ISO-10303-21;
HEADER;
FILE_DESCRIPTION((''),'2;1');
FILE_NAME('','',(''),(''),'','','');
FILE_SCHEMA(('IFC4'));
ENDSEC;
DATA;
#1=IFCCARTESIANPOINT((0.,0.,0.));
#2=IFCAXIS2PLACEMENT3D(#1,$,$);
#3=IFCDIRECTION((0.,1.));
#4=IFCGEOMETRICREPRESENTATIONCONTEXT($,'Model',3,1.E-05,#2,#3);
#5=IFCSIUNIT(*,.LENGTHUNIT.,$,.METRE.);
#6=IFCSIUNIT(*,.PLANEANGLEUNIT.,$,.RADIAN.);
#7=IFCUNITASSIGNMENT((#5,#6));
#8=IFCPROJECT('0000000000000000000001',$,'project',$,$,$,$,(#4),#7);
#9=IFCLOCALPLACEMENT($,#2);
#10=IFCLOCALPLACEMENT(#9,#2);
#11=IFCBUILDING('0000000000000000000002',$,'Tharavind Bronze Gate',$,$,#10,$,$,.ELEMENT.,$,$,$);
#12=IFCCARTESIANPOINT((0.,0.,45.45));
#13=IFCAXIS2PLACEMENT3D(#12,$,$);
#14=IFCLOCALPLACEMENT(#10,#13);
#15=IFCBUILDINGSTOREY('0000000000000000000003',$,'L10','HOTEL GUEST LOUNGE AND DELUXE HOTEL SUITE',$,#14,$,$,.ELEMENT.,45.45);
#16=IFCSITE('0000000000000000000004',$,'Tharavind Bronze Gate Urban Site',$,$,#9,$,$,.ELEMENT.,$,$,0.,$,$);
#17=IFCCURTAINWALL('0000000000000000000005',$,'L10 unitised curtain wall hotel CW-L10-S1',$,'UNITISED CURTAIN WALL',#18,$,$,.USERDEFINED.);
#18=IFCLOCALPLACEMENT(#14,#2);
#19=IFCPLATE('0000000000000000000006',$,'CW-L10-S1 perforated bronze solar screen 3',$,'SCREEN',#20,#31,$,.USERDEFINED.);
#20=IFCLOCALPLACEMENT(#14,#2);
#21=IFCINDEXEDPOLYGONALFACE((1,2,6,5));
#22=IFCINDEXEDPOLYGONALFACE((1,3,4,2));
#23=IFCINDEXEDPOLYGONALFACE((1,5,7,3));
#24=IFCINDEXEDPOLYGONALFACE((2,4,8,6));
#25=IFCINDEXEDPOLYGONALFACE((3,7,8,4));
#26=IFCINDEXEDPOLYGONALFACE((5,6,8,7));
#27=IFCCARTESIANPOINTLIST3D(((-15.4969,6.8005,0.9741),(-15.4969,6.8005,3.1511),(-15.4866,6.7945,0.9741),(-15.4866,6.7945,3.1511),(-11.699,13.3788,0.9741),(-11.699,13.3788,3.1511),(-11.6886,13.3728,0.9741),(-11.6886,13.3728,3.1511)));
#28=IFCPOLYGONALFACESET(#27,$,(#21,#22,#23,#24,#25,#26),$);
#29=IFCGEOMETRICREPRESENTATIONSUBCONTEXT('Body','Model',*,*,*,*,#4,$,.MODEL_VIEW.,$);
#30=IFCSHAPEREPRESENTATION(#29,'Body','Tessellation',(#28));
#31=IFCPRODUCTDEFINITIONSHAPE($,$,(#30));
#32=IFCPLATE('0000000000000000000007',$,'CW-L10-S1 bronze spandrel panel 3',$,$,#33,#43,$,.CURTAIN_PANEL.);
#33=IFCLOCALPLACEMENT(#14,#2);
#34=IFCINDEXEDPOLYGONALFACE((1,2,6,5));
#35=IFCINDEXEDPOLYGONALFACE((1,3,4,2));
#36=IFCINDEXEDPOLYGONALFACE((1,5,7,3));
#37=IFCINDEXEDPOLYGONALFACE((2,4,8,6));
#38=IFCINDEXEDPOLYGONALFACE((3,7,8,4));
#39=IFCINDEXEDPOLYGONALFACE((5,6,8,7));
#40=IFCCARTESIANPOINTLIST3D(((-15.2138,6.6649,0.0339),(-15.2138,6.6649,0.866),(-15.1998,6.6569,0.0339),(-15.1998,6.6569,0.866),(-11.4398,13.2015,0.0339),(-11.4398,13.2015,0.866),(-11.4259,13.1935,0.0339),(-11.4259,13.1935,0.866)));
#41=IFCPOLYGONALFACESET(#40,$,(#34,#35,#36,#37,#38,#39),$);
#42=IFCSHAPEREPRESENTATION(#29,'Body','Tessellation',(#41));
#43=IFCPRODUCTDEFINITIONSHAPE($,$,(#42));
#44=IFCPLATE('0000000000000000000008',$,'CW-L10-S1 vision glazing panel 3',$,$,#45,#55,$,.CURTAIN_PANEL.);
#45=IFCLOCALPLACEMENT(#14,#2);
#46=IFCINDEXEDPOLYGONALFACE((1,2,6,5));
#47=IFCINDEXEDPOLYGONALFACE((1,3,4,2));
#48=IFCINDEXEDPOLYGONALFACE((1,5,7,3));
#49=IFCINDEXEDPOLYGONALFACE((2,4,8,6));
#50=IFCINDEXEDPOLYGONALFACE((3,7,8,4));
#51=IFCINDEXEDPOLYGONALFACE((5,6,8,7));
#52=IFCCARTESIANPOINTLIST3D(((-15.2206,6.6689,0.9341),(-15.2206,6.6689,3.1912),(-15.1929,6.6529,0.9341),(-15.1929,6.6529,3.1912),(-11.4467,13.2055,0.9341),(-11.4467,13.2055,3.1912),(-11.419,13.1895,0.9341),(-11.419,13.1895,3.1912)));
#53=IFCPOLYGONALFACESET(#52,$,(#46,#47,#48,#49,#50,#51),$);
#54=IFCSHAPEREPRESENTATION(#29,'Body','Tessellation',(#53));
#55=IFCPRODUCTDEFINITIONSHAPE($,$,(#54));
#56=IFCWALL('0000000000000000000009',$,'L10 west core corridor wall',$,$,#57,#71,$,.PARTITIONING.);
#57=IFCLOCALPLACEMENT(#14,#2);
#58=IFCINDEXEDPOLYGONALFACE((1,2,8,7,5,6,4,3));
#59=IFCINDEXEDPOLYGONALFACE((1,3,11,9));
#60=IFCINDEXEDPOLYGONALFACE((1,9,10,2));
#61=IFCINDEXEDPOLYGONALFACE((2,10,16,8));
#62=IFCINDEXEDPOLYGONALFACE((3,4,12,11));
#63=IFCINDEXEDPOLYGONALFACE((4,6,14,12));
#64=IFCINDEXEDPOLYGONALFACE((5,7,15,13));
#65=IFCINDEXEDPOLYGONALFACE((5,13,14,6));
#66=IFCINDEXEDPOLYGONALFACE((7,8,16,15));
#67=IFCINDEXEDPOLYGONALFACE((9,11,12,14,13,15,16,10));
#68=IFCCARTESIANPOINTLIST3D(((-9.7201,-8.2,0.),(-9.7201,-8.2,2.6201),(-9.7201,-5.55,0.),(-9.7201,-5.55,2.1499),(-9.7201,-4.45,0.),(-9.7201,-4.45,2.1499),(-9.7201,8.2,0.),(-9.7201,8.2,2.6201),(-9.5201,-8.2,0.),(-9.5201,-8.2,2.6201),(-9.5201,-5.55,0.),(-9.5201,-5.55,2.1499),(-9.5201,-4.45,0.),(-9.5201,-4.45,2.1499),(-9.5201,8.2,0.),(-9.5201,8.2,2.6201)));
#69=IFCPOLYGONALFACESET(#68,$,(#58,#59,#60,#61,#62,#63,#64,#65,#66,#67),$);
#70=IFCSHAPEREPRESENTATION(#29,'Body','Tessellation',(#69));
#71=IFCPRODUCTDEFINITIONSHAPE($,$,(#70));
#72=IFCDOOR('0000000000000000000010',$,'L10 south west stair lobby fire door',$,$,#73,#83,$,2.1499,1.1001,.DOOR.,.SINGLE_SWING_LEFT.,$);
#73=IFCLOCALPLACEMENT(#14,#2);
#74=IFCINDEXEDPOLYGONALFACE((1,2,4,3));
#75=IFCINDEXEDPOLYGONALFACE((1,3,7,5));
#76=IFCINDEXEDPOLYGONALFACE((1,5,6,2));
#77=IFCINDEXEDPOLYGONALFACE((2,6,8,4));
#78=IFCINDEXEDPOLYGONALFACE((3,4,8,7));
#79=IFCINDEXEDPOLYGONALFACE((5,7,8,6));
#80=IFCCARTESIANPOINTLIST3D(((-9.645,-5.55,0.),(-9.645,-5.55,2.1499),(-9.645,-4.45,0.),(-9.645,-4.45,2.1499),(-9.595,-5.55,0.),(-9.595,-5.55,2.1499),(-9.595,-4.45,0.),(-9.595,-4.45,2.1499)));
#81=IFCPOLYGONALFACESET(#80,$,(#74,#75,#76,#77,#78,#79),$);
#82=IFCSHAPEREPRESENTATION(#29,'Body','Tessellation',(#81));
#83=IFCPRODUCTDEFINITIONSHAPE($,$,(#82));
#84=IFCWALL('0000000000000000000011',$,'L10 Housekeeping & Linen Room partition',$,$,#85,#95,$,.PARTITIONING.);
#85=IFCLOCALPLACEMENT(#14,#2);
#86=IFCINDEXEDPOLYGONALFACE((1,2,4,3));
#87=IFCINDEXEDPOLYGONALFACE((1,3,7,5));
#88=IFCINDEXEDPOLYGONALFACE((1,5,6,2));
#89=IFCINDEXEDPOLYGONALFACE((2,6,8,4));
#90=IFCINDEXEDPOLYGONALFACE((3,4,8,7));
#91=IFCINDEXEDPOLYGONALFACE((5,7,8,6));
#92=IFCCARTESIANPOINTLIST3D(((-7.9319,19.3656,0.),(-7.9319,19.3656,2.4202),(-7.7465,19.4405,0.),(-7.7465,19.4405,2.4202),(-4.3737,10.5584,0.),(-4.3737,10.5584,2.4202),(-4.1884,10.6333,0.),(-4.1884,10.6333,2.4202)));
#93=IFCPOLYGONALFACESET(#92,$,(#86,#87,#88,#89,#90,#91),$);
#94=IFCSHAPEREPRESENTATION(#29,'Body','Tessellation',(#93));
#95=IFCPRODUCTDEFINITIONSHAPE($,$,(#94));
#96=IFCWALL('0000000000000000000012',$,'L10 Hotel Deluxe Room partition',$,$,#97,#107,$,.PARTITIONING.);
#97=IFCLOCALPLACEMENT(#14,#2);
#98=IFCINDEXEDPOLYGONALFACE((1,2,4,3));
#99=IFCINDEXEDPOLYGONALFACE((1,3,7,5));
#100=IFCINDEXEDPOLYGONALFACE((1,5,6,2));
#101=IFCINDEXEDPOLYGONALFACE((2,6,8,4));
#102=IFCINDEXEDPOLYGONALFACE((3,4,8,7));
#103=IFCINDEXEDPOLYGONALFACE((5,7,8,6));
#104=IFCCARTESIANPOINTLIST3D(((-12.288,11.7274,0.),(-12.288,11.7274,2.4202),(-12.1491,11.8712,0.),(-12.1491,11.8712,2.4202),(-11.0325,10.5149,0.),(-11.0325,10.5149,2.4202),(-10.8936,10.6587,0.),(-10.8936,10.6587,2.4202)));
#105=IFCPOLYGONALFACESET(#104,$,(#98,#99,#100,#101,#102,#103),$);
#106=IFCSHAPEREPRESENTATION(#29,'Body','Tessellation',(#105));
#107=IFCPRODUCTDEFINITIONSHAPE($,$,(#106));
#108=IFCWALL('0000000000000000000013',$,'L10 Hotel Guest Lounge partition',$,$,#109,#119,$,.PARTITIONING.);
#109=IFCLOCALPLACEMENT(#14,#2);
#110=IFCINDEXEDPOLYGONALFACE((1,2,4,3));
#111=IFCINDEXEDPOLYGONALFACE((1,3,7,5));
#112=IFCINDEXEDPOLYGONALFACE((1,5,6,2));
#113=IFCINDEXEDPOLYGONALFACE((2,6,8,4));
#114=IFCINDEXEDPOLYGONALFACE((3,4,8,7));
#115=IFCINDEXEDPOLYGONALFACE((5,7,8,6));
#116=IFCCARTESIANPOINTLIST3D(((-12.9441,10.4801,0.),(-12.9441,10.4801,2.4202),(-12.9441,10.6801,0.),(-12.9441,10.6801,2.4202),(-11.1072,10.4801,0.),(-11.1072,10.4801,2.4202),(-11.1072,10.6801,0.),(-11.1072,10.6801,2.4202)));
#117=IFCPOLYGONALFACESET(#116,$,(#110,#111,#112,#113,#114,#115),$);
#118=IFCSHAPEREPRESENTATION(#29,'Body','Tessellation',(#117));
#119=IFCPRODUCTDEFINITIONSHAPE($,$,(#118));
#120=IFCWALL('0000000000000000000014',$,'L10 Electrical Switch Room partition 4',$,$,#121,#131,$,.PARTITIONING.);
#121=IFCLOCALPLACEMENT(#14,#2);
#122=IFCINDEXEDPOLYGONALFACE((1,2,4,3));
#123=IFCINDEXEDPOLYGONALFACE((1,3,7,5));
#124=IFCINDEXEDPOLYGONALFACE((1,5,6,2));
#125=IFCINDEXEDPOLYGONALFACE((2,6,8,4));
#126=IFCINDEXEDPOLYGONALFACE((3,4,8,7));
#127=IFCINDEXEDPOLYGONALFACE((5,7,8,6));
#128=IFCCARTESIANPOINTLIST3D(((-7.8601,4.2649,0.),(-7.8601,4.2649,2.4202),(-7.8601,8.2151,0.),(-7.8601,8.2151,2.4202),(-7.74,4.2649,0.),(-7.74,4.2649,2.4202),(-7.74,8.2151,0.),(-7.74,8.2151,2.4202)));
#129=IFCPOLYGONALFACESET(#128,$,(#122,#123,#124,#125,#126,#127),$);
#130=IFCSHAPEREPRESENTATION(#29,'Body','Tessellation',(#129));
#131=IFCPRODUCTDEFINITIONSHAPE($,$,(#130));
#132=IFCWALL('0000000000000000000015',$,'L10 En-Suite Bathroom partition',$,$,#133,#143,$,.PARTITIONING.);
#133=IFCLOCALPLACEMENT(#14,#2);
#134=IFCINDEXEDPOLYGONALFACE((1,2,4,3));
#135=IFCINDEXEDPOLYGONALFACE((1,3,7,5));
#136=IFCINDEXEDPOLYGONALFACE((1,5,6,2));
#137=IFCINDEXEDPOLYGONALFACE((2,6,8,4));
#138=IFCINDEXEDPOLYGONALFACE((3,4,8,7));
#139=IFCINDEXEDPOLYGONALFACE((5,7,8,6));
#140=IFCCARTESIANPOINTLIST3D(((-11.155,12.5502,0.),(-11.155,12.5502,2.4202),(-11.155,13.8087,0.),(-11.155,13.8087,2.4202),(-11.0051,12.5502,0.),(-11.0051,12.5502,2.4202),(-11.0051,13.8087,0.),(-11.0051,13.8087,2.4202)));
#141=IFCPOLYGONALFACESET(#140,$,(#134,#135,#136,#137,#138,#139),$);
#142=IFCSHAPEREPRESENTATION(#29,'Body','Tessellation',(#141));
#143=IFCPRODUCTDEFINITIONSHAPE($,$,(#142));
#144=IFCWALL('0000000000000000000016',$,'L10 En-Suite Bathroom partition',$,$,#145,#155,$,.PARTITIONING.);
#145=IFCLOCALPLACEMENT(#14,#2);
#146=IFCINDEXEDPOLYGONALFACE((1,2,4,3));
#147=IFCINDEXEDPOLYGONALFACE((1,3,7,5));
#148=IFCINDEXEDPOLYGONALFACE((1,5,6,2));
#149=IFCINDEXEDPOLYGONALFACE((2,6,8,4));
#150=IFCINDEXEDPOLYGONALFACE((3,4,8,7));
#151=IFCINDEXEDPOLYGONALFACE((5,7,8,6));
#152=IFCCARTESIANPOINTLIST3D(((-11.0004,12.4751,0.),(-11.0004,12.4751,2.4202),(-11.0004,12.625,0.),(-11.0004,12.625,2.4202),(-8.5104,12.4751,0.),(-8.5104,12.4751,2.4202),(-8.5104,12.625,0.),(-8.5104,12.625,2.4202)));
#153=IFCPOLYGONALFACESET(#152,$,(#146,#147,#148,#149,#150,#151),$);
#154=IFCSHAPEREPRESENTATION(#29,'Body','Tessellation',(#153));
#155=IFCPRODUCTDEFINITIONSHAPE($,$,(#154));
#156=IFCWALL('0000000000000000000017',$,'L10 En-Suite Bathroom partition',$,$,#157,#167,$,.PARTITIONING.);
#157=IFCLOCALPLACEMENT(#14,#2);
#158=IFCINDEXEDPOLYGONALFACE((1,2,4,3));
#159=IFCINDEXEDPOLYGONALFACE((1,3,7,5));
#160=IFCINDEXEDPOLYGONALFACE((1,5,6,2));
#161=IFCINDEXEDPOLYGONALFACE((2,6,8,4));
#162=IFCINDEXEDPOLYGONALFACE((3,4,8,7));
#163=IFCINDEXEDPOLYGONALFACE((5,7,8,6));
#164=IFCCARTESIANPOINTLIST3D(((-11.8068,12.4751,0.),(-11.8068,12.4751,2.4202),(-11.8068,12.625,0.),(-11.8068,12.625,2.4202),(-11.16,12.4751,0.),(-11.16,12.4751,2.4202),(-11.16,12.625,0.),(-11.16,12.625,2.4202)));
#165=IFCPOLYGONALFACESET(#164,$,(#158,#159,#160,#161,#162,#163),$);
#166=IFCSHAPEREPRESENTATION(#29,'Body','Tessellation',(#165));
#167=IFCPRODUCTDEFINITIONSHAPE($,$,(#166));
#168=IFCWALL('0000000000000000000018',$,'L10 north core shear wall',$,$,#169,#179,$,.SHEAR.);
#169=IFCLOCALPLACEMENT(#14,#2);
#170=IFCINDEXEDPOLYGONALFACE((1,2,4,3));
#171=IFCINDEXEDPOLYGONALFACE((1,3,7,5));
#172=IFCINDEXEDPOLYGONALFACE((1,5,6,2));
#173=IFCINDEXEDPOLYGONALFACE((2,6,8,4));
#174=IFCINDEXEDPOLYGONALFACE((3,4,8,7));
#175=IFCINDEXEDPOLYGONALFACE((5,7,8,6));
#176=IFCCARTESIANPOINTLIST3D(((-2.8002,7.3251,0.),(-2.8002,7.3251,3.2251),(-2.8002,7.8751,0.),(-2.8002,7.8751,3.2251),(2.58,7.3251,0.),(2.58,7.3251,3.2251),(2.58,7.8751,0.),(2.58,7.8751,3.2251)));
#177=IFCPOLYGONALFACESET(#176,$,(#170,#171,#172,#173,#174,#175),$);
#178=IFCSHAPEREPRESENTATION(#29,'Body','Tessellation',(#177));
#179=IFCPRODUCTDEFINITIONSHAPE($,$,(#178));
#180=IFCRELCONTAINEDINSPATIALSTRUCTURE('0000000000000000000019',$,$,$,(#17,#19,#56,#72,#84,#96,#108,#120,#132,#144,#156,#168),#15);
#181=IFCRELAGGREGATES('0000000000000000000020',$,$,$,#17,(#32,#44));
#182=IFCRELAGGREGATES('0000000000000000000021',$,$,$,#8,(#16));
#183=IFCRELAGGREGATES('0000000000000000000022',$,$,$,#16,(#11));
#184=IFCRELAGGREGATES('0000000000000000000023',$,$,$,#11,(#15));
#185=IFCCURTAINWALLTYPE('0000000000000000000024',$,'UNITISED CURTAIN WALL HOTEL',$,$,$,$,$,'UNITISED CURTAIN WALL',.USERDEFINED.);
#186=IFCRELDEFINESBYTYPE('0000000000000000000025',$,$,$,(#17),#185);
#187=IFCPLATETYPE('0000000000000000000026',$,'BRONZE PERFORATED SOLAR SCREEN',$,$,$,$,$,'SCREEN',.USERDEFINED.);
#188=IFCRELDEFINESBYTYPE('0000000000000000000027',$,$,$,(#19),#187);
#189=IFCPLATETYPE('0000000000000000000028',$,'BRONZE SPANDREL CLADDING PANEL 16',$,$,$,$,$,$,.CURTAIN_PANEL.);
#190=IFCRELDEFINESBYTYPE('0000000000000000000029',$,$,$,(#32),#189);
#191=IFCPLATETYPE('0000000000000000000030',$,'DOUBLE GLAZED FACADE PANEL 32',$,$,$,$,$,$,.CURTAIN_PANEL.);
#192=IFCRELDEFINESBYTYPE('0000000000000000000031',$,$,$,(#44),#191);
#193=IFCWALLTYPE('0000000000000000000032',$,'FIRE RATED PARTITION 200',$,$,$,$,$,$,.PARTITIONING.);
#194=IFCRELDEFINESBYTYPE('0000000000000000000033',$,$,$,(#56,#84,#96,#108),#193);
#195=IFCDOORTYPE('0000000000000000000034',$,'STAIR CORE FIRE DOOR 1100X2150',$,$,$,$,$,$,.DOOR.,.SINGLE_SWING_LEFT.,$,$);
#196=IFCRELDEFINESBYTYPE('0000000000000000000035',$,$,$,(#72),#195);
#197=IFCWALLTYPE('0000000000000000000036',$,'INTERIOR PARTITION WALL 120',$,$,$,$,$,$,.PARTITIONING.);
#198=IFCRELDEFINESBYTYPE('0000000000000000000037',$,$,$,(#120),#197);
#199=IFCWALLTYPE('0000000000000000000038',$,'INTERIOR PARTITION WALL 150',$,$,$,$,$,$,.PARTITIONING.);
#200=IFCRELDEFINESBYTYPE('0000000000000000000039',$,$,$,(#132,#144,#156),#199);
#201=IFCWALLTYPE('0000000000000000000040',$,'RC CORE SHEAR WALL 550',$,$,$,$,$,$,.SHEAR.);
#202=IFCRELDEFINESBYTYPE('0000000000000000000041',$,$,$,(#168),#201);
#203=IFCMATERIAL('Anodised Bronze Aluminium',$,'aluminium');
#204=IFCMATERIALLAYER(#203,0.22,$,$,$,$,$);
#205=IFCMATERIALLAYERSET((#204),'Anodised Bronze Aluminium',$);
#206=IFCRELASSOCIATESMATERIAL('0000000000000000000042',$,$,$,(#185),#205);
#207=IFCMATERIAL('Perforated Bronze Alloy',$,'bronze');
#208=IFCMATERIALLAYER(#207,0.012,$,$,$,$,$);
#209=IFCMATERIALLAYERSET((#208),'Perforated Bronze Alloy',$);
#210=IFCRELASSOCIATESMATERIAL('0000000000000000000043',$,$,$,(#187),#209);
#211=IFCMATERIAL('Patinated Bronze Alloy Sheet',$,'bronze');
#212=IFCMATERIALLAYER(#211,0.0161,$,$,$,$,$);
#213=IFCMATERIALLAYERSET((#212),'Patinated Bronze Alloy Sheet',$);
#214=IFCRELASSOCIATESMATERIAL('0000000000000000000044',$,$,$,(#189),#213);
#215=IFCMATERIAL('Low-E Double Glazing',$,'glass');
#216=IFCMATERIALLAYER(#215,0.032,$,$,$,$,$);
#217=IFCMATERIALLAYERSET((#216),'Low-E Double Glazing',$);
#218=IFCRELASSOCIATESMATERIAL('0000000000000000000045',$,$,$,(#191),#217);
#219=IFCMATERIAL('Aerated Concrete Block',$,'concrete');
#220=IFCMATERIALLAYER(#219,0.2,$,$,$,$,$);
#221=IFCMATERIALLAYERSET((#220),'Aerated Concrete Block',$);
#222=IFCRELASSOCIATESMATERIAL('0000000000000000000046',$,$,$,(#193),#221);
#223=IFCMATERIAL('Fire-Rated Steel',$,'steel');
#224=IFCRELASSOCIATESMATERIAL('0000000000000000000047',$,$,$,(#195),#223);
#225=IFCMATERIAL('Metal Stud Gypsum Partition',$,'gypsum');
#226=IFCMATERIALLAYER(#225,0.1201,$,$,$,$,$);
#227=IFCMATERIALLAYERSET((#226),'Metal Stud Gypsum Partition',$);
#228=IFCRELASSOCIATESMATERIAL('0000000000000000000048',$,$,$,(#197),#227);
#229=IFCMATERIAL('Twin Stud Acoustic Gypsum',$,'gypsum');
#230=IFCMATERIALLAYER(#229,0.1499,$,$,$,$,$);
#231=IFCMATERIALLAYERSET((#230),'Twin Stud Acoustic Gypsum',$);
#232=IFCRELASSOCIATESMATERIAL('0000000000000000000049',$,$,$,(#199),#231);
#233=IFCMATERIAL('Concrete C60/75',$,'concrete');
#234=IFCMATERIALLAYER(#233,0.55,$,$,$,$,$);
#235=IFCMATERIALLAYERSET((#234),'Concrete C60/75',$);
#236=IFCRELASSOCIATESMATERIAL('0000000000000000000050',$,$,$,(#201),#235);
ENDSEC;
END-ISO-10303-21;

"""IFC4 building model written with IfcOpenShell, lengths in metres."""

from ifc_helpers import new_model, si_unit, direction, frame, frame_2d, origin, origin_2d, place, context, subcontext, project, spatial, rectangle, extrude, material, layer, layer_set, type_object, element, fill, aggregate, save


model = new_model("IFC4")

# Units and contexts
model_context = context("Model", 3, precision=1e-05, world=origin(), true_north=direction((0.0, 1.0)))
body_context = subcontext(model_context, "Body", "Model", "MODEL_VIEW")
ifc_project = project(units=[si_unit("LENGTHUNIT", "METRE"), si_unit("PLANEANGLEUNIT", "RADIAN")], contexts=[model_context])

# Site, building, storey
site_placement = place(None, origin())
site = spatial("IfcSite", under=ifc_project, at=site_placement, Name="Tharavind Bronze Gate Urban Site", CompositionType="ELEMENT", RefElevation=0.0)
building_placement = place(site_placement, origin())
building = spatial("IfcBuilding", under=site, at=building_placement, Name="Tharavind Bronze Gate", CompositionType="ELEMENT")
storey_placement = place(building_placement, frame((0.0, 0.0, 45.45)))
storey = spatial("IfcBuildingStorey", under=building, at=storey_placement, Name="L10", Description="HOTEL GUEST LOUNGE AND DELUXE HOTEL SUITE", CompositionType="ELEMENT", Elevation=45.45)

# Curtain wall
ifc_material_1 = material(Name="Anodised Bronze Aluminium", Category="aluminium")
ifc_layer_1 = layer(ifc_material_1, 0.22)
ifc_layer_set_1 = layer_set([ifc_layer_1], Name="Anodised Bronze Aluminium")
curtain_wall_type = type_object("IfcCurtainWallType", Name="UNITISED CURTAIN WALL HOTEL", ElementType="UNITISED CURTAIN WALL", PredefinedType="USERDEFINED", material=ifc_layer_set_1)
curtain_wall_placement = place(storey_placement, origin())
curtain_wall = element("IfcCurtainWall", 1, at=curtain_wall_placement, inside=storey, type_object=curtain_wall_type, Name="L10 unitised curtain wall hotel CW-L10-S1", ObjectType="UNITISED CURTAIN WALL", PredefinedType="USERDEFINED")

# Plates
ifc_material_2 = material(Name="Perforated Bronze Alloy", Category="bronze")
ifc_layer_2 = layer(ifc_material_2, 0.012)
ifc_layer_set_2 = layer_set([ifc_layer_2], Name="Perforated Bronze Alloy")
plate_type_1 = type_object("IfcPlateType", Name="BRONZE PERFORATED SOLAR SCREEN", ElementType="SCREEN", PredefinedType="USERDEFINED", material=ifc_layer_set_2)
plate_1_placement = place(storey_placement, frame((-13.5928, 10.0867, 0.9741), z_axis=(0.0, 0.0, 1.0), x_axis=(-0.500002, -0.866025, 0.0)))
element("IfcPlate", 2, at=plate_1_placement, inside=storey, type_object=plate_type_1, Name="CW-L10-S1 perforated bronze solar screen 3", ObjectType="SCREEN", PredefinedType="USERDEFINED", context=body_context, shape_type="SweptSolid", body=[
    extrude(rectangle(XDim=7.5959, YDim=0.012, at=origin_2d()), origin(), (0.0, 0.0, 1.0), 2.177),
])
ifc_material_3 = material(Name="Patinated Bronze Alloy Sheet", Category="bronze")
ifc_layer_3 = layer(ifc_material_3, 0.0161)
ifc_layer_set_3 = layer_set([ifc_layer_3], Name="Patinated Bronze Alloy Sheet")
plate_type_2 = type_object("IfcPlateType", Name="BRONZE SPANDREL CLADDING PANEL 16", PredefinedType="CURTAIN_PANEL", material=ifc_layer_set_3)
plate_2_placement = place(storey_placement, frame((-13.3198, 9.9292, 0.0339), z_axis=(0.0, 0.0, 1.0), x_axis=(-0.500002, -0.866025, 0.0)))
plate_2 = element("IfcPlate", 3, at=plate_2_placement, type_object=plate_type_2, Name="CW-L10-S1 bronze spandrel panel 3", PredefinedType="CURTAIN_PANEL", context=body_context, shape_type="SweptSolid", body=[
    extrude(rectangle(XDim=7.5479, YDim=0.0161, at=origin_2d()), origin(), (0.0, 0.0, 1.0), 0.832),
])
ifc_material_4 = material(Name="Low-E Double Glazing", Category="glass")
ifc_layer_4 = layer(ifc_material_4, 0.032)
ifc_layer_set_4 = layer_set([ifc_layer_4], Name="Low-E Double Glazing")
plate_type_3 = type_object("IfcPlateType", Name="DOUBLE GLAZED FACADE PANEL 32", PredefinedType="CURTAIN_PANEL", material=ifc_layer_set_4)
plate_3_placement = place(storey_placement, frame((-13.3198, 9.9292, 0.9341), z_axis=(0.0, 0.0, 1.0), x_axis=(-0.500002, -0.866025, 0.0)))
plate_3 = element("IfcPlate", 4, at=plate_3_placement, type_object=plate_type_3, Name="CW-L10-S1 vision glazing panel 3", PredefinedType="CURTAIN_PANEL", context=body_context, shape_type="SweptSolid", body=[
    extrude(rectangle(XDim=7.5479, YDim=0.032, at=origin_2d()), origin(), (0.0, 0.0, 1.0), 2.2571),
])
aggregate(curtain_wall, [plate_2, plate_3])

# Wall, opening, door
ifc_material_5 = material(Name="Aerated Concrete Block", Category="concrete")
ifc_layer_5 = layer(ifc_material_5, 0.2)
ifc_layer_set_5 = layer_set([ifc_layer_5], Name="Aerated Concrete Block")
wall_type_1 = type_object("IfcWallType", Name="FIRE RATED PARTITION 200", PredefinedType="PARTITIONING", material=ifc_layer_set_5)
wall_1_placement = place(storey_placement, frame((-9.6201, 8.2, 0.0), z_axis=(0.0, 0.0, 1.0), x_axis=(0.0, -1.0, 0.0)))
wall_1 = element("IfcWall", 5, at=wall_1_placement, inside=storey, type_object=wall_type_1, Name="L10 west core corridor wall", PredefinedType="PARTITIONING", context=body_context, shape_type="SweptSolid", body=[
    extrude(rectangle(XDim=16.3999, YDim=0.2, at=frame_2d((8.2, 0.0))), origin(), (0.0, 0.0, 1.0), 2.6201),
])
opening_1_placement = place(wall_1_placement, frame((12.6499, 0.0, 0.0)))
opening_1 = element("IfcOpeningElement", 6, at=opening_1_placement, cuts=wall_1, PredefinedType="OPENING", context=body_context, shape_type="SweptSolid", body=[
    extrude(rectangle(XDim=1.1001, YDim=2.1499, at=frame_2d((0.55, 1.075))), frame((0.0, 0.1101, 0.0), z_axis=(0.0, -1.0, 0.0), x_axis=(1.0, 0.0, 0.0)), (0.0, 0.0, 1.0), 0.22),
])
ifc_material_6 = material(Name="Fire-Rated Steel", Category="steel")
door_type_1 = type_object("IfcDoorType", Name="STAIR CORE FIRE DOOR 1100X2150", OperationType="SINGLE_SWING_LEFT", PredefinedType="DOOR", material=ifc_material_6)
door_1_placement = place(opening_1_placement, frame((1.1001, 0.0, 0.0), z_axis=(0.0, 0.0, 1.0), x_axis=(-1.0, 0.0, 0.0)))
door_1 = element("IfcDoor", 7, at=door_1_placement, inside=storey, type_object=door_type_1, Name="L10 south west stair lobby fire door", OperationType="SINGLE_SWING_LEFT", OverallHeight=2.1499, OverallWidth=1.1001, PredefinedType="DOOR", context=body_context, shape_type="SweptSolid", body=[
    extrude(rectangle(XDim=1.1001, YDim=2.1499, at=frame_2d((0.55, 1.075))), frame((0.0, 0.0249, 0.0), z_axis=(0.0, -1.0, 0.0), x_axis=(1.0, 0.0, 0.0)), (0.0, 0.0, 1.0), 0.05),
])
fill(opening_1, door_1)

# Wall
wall_2_placement = place(storey_placement, frame((-4.281, 10.5957, 0.0), z_axis=(0.0, 0.0, 1.0), x_axis=(-0.374588, 0.927191, 0.0)))
element("IfcWall", 8, at=wall_2_placement, inside=storey, type_object=wall_type_1, Name="L10 Housekeeping & Linen Room partition", PredefinedType="PARTITIONING", context=body_context, shape_type="SweptSolid", body=[
    extrude(rectangle(XDim=9.4988, YDim=0.2, at=frame_2d((4.7495, 0.0))), origin(), (0.0, 0.0, 1.0), 2.4202),
])

# Walls
wall_3_placement = place(storey_placement, frame((-10.9631, 10.5869, 0.0), z_axis=(0.0, 0.0, 1.0), x_axis=(-0.71931, 0.694689, 0.0)))
element("IfcWall", 9, at=wall_3_placement, inside=storey, type_object=wall_type_1, Name="L10 Hotel Deluxe Room partition", PredefinedType="PARTITIONING", context=body_context, shape_type="SweptSolid", body=[
    extrude(rectangle(XDim=1.7454, YDim=0.2, at=frame_2d((0.8726, 0.0))), origin(), (0.0, 0.0, 1.0), 2.4202),
])
wall_4_placement = place(storey_placement, frame((-11.1072, 10.5801, 0.0), z_axis=(0.0, 0.0, 1.0), x_axis=(-1.0, 0.0, 0.0)))
element("IfcWall", 10, at=wall_4_placement, inside=storey, type_object=wall_type_1, Name="L10 Hotel Guest Lounge partition", PredefinedType="PARTITIONING", context=body_context, shape_type="SweptSolid", body=[
    extrude(rectangle(XDim=1.8369, YDim=0.2, at=frame_2d((0.9185, 0.0))), origin(), (0.0, 0.0, 1.0), 2.4202),
])

# Walls
ifc_material_7 = material(Name="Metal Stud Gypsum Partition", Category="gypsum")
ifc_layer_6 = layer(ifc_material_7, 0.1201)
ifc_layer_set_6 = layer_set([ifc_layer_6], Name="Metal Stud Gypsum Partition")
wall_type_2 = type_object("IfcWallType", Name="INTERIOR PARTITION WALL 120", PredefinedType="PARTITIONING", material=ifc_layer_set_6)
wall_5_placement = place(storey_placement, frame((-7.8, 8.2151, 0.0), z_axis=(0.0, 0.0, 1.0), x_axis=(0.0, -1.0, 0.0)))
element("IfcWall", 11, at=wall_5_placement, inside=storey, type_object=wall_type_2, Name="L10 Electrical Switch Room partition 4", PredefinedType="PARTITIONING", context=body_context, shape_type="SweptSolid", body=[
    extrude(rectangle(XDim=3.9502, YDim=0.1201, at=frame_2d((1.9751, 0.0))), origin(), (0.0, 0.0, 1.0), 2.4202),
])
ifc_material_8 = material(Name="Twin Stud Acoustic Gypsum", Category="gypsum")
ifc_layer_7 = layer(ifc_material_8, 0.1499)
ifc_layer_set_7 = layer_set([ifc_layer_7], Name="Twin Stud Acoustic Gypsum")
wall_type_3 = type_object("IfcWallType", Name="INTERIOR PARTITION WALL 150", PredefinedType="PARTITIONING", material=ifc_layer_set_7)
wall_6_placement = place(storey_placement, frame((-11.0801, 12.55, 0.0), z_axis=(0.0, 0.0, 1.0), x_axis=(0.0, 1.0, 0.0)))
element("IfcWall", 12, at=wall_6_placement, inside=storey, type_object=wall_type_3, Name="L10 En-Suite Bathroom partition", PredefinedType="PARTITIONING", context=body_context, shape_type="SweptSolid", body=[
    extrude(rectangle(XDim=1.2585, YDim=0.1499, at=frame_2d((0.6294, 0.0))), origin(), (0.0, 0.0, 1.0), 2.4202),
])
wall_7_placement = place(storey_placement, frame((-8.5103, 12.55, 0.0), z_axis=(0.0, 0.0, 1.0), x_axis=(-1.0, 0.0, 0.0)))
element("IfcWall", 13, at=wall_7_placement, inside=storey, type_object=wall_type_3, Name="L10 En-Suite Bathroom partition", PredefinedType="PARTITIONING", context=body_context, shape_type="SweptSolid", body=[
    extrude(rectangle(XDim=2.49, YDim=0.1499, at=frame_2d((1.2451, 0.0))), origin(), (0.0, 0.0, 1.0), 2.4202),
])
wall_8_placement = place(storey_placement, frame((-11.1602, 12.55, 0.0), z_axis=(0.0, 0.0, 1.0), x_axis=(-1.0, 0.0, 0.0)))
element("IfcWall", 14, at=wall_8_placement, inside=storey, type_object=wall_type_3, Name="L10 En-Suite Bathroom partition", PredefinedType="PARTITIONING", context=body_context, shape_type="SweptSolid", body=[
    extrude(rectangle(XDim=0.6467, YDim=0.1499, at=frame_2d((0.3232, 0.0))), origin(), (0.0, 0.0, 1.0), 2.4202),
])
ifc_material_9 = material(Name="Concrete C60/75", Category="concrete")
ifc_layer_8 = layer(ifc_material_9, 0.55)
ifc_layer_set_8 = layer_set([ifc_layer_8], Name="Concrete C60/75")
wall_type_4 = type_object("IfcWallType", Name="RC CORE SHEAR WALL 550", PredefinedType="SHEAR", material=ifc_layer_set_8)
wall_9_placement = place(storey_placement, frame((-2.8, 7.6001, 0.0), z_axis=(0.0, 0.0, 1.0), x_axis=(1.0, 0.0, 0.0)))
element("IfcWall", 15, at=wall_9_placement, inside=storey, type_object=wall_type_4, Name="L10 north core shear wall", PredefinedType="SHEAR", context=body_context, shape_type="SweptSolid", body=[
    extrude(rectangle(XDim=5.3801, YDim=0.55, at=frame_2d((2.6899, 0.0))), origin(), (0.0, 0.0, 1.0), 3.2251),
])

save(model, "model.ifc")
